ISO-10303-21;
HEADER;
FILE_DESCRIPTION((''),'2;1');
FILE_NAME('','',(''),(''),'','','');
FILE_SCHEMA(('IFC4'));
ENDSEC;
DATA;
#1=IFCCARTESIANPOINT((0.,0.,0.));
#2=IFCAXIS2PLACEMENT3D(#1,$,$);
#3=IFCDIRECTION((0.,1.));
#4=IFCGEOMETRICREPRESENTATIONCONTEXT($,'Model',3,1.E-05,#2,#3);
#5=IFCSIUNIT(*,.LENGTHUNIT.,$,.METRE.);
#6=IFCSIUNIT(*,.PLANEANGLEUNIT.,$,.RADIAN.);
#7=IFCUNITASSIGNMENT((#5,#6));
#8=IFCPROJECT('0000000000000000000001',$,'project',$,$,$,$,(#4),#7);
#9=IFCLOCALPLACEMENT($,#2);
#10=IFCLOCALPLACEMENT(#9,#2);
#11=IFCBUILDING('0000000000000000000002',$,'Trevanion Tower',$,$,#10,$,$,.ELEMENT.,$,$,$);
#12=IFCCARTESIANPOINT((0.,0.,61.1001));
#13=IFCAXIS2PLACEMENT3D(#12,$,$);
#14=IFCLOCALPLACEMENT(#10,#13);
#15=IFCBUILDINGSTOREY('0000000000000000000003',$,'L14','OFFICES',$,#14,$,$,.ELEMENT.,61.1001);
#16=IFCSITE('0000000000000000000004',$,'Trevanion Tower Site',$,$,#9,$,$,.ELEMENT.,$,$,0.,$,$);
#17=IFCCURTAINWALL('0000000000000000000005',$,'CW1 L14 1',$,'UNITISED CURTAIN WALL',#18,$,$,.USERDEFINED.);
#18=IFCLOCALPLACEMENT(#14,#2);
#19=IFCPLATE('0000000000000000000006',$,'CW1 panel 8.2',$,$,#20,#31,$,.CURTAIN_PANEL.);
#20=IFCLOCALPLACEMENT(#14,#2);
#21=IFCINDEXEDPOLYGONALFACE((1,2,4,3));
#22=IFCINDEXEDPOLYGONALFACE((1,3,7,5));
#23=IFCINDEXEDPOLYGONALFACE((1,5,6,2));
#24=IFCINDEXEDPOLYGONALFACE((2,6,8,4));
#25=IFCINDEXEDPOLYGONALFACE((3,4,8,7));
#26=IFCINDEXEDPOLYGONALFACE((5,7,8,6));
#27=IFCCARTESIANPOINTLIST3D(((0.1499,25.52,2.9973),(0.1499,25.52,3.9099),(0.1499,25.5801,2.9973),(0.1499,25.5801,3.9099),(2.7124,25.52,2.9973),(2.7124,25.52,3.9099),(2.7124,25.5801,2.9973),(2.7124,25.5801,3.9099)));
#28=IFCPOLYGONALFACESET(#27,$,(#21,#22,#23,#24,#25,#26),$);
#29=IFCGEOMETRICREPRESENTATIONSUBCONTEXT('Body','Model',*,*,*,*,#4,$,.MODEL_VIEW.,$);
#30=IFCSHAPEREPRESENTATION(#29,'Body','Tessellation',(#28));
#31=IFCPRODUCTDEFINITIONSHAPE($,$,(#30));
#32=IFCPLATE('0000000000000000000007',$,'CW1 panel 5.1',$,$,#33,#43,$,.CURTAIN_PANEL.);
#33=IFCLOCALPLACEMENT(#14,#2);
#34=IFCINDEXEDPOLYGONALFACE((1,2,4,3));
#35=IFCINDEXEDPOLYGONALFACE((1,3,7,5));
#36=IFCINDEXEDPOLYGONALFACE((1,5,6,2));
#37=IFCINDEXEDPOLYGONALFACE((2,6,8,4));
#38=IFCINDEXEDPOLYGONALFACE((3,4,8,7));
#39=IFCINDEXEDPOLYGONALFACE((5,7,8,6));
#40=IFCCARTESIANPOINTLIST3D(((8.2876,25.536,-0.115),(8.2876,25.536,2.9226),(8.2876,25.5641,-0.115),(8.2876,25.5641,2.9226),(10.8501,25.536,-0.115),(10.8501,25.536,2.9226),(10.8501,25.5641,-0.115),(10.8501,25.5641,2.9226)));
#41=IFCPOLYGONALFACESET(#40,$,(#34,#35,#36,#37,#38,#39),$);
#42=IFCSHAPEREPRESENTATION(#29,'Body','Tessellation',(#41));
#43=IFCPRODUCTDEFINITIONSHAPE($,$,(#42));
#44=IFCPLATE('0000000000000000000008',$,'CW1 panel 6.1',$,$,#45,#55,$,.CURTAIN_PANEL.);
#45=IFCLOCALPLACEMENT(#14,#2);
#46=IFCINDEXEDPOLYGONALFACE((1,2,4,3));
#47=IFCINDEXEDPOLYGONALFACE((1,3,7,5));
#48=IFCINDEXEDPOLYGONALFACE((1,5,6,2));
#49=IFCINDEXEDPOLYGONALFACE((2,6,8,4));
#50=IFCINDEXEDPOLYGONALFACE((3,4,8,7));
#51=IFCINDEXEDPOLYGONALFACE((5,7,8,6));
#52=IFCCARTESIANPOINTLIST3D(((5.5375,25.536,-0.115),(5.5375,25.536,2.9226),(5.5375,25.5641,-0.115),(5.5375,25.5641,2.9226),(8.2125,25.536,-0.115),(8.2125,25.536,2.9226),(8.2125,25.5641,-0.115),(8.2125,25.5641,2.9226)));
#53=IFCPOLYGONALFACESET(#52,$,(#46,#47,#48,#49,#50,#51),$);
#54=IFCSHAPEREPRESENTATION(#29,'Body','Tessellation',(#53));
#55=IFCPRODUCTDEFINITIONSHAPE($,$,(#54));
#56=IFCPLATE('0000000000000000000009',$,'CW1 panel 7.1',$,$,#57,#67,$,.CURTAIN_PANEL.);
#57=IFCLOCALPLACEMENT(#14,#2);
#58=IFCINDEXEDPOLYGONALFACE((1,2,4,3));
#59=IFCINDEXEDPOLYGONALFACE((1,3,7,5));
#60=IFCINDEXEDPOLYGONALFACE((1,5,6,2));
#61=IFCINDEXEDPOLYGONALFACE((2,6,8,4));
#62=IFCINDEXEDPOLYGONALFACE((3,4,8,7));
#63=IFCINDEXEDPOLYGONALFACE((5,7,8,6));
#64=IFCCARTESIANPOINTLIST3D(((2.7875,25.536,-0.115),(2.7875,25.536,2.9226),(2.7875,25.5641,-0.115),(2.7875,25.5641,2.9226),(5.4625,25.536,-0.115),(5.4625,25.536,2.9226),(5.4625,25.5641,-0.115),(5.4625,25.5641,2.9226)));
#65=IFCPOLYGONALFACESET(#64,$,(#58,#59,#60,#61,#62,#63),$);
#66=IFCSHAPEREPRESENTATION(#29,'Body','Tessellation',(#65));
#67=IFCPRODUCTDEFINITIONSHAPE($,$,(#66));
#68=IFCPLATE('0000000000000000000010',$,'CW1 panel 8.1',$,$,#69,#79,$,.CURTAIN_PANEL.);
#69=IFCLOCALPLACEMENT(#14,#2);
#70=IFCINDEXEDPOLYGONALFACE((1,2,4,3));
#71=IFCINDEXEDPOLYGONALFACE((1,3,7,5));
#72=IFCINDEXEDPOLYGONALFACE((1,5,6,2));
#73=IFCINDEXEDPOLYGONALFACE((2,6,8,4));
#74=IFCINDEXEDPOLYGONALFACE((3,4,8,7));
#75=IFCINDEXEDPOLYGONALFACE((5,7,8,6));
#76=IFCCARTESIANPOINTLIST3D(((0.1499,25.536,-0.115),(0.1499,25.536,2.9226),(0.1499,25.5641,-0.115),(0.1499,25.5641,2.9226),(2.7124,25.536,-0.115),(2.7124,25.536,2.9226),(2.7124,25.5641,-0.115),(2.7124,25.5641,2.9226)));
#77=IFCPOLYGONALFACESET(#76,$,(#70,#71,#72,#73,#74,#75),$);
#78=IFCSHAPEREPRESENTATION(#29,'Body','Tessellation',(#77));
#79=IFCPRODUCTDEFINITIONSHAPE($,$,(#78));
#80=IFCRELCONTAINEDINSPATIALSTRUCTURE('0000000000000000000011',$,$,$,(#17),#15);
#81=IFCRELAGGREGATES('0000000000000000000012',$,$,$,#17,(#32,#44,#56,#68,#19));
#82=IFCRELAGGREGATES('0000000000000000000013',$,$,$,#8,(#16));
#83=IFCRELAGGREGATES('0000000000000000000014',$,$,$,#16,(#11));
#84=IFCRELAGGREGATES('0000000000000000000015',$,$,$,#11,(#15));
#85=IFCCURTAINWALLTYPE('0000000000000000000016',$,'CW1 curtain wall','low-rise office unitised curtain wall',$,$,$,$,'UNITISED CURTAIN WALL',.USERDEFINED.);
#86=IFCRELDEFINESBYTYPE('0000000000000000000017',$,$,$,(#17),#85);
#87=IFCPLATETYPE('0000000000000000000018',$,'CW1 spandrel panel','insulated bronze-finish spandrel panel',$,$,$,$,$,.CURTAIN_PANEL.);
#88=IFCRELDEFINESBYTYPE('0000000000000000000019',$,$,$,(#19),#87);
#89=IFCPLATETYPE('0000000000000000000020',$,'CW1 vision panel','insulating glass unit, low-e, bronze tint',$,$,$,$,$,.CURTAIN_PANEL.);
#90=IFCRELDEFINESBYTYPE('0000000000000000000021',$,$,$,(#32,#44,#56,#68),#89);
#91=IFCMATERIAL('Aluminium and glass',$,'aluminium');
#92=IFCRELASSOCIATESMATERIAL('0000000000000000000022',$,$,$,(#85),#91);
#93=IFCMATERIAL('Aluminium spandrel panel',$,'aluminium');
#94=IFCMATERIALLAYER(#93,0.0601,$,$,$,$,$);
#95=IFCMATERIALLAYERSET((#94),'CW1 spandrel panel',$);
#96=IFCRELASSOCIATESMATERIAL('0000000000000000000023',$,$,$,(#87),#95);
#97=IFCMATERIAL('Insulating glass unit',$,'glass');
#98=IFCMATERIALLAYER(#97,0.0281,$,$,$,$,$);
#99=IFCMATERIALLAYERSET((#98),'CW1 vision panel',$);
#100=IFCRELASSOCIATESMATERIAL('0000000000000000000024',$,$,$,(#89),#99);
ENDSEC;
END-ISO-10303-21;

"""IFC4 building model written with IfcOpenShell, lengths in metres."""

from ifc_helpers import new_model, si_unit, direction, frame, origin, origin_2d, place, context, subcontext, project, spatial, rectangle, extrude, material, layer, layer_set, type_object, element, aggregate, save


model = new_model("IFC4")

# Units and contexts
model_context = context("Model", 3, precision=1e-05, world=origin(), true_north=direction((0.0, 1.0)))
body_context = subcontext(model_context, "Body", "Model", "MODEL_VIEW")
ifc_project = project(units=[si_unit("LENGTHUNIT", "METRE"), si_unit("PLANEANGLEUNIT", "RADIAN")], contexts=[model_context])

# Site, building, storey
site_placement = place(None, origin())
site = spatial("IfcSite", under=ifc_project, at=site_placement, Name="Trevanion Tower Site", CompositionType="ELEMENT", RefElevation=0.0)
building_placement = place(site_placement, origin())
building = spatial("IfcBuilding", under=site, at=building_placement, Name="Trevanion Tower", CompositionType="ELEMENT")
storey_placement = place(building_placement, frame((0.0, 0.0, 61.1001)))
storey = spatial("IfcBuildingStorey", under=building, at=storey_placement, Name="L14", Description="OFFICES", CompositionType="ELEMENT", Elevation=61.1001)

# Curtain wall, plates
ifc_material_1 = material(Name="Aluminium and glass", Category="aluminium")
curtain_wall_type = type_object("IfcCurtainWallType", Name="CW1 curtain wall", Description="low-rise office unitised curtain wall", ElementType="UNITISED CURTAIN WALL", PredefinedType="USERDEFINED", material=ifc_material_1)
curtain_wall_placement = place(storey_placement, origin())
curtain_wall = element("IfcCurtainWall", 1, at=curtain_wall_placement, inside=storey, type_object=curtain_wall_type, Name="CW1 L14 1", ObjectType="UNITISED CURTAIN WALL", PredefinedType="USERDEFINED")
ifc_material_2 = material(Name="Aluminium spandrel panel", Category="aluminium")
ifc_layer_1 = layer(ifc_material_2, 0.0601)
ifc_layer_set_1 = layer_set([ifc_layer_1], Name="CW1 spandrel panel")
plate_type_1 = type_object("IfcPlateType", Name="CW1 spandrel panel", Description="insulated bronze-finish spandrel panel", PredefinedType="CURTAIN_PANEL", material=ifc_layer_set_1)
plate_1_placement = place(storey_placement, frame((1.4312, 25.55, 2.9973), z_axis=(0.0, 0.0, 1.0), x_axis=(-1.0, 0.0, 0.0)))
plate_1 = element("IfcPlate", 2, at=plate_1_placement, type_object=plate_type_1, Name="CW1 panel 8.2", PredefinedType="CURTAIN_PANEL", context=body_context, shape_type="SweptSolid", body=[
    extrude(rectangle(XDim=2.5625, YDim=0.0601, at=origin_2d()), origin(), (0.0, 0.0, 1.0), 0.9126),
])
ifc_material_3 = material(Name="Insulating glass unit", Category="glass")
ifc_layer_2 = layer(ifc_material_3, 0.0281)
ifc_layer_set_2 = layer_set([ifc_layer_2], Name="CW1 vision panel")
plate_type_2 = type_object("IfcPlateType", Name="CW1 vision panel", Description="insulating glass unit, low-e, bronze tint", PredefinedType="CURTAIN_PANEL", material=ifc_layer_set_2)
plate_2_placement = place(storey_placement, frame((9.5688, 25.55, -0.115), z_axis=(0.0, 0.0, 1.0), x_axis=(-1.0, 0.0, 0.0)))
plate_2 = element("IfcPlate", 3, at=plate_2_placement, type_object=plate_type_2, Name="CW1 panel 5.1", PredefinedType="CURTAIN_PANEL", context=body_context, shape_type="SweptSolid", body=[
    extrude(rectangle(XDim=2.5625, YDim=0.0281, at=origin_2d()), origin(), (0.0, 0.0, 1.0), 3.0376),
])
plate_3_placement = place(storey_placement, frame((6.875, 25.55, -0.115), z_axis=(0.0, 0.0, 1.0), x_axis=(-1.0, 0.0, 0.0)))
plate_3 = element("IfcPlate", 4, at=plate_3_placement, type_object=plate_type_2, Name="CW1 panel 6.1", PredefinedType="CURTAIN_PANEL", context=body_context, shape_type="SweptSolid", body=[
    extrude(rectangle(XDim=2.675, YDim=0.0281, at=origin_2d()), origin(), (0.0, 0.0, 1.0), 3.0376),
])
plate_4_placement = place(storey_placement, frame((4.125, 25.55, -0.115), z_axis=(0.0, 0.0, 1.0), x_axis=(-1.0, 0.0, 0.0)))
plate_4 = element("IfcPlate", 5, at=plate_4_placement, type_object=plate_type_2, Name="CW1 panel 7.1", PredefinedType="CURTAIN_PANEL", context=body_context, shape_type="SweptSolid", body=[
    extrude(rectangle(XDim=2.675, YDim=0.0281, at=origin_2d()), origin(), (0.0, 0.0, 1.0), 3.0376),
])
plate_5_placement = place(storey_placement, frame((1.4312, 25.55, -0.115), z_axis=(0.0, 0.0, 1.0), x_axis=(-1.0, 0.0, 0.0)))
plate_5 = element("IfcPlate", 6, at=plate_5_placement, type_object=plate_type_2, Name="CW1 panel 8.1", PredefinedType="CURTAIN_PANEL", context=body_context, shape_type="SweptSolid", body=[
    extrude(rectangle(XDim=2.5625, YDim=0.0281, at=origin_2d()), origin(), (0.0, 0.0, 1.0), 3.0376),
])
aggregate(curtain_wall, [plate_2, plate_3, plate_4, plate_5, plate_1])

save(model, "model.ifc")
